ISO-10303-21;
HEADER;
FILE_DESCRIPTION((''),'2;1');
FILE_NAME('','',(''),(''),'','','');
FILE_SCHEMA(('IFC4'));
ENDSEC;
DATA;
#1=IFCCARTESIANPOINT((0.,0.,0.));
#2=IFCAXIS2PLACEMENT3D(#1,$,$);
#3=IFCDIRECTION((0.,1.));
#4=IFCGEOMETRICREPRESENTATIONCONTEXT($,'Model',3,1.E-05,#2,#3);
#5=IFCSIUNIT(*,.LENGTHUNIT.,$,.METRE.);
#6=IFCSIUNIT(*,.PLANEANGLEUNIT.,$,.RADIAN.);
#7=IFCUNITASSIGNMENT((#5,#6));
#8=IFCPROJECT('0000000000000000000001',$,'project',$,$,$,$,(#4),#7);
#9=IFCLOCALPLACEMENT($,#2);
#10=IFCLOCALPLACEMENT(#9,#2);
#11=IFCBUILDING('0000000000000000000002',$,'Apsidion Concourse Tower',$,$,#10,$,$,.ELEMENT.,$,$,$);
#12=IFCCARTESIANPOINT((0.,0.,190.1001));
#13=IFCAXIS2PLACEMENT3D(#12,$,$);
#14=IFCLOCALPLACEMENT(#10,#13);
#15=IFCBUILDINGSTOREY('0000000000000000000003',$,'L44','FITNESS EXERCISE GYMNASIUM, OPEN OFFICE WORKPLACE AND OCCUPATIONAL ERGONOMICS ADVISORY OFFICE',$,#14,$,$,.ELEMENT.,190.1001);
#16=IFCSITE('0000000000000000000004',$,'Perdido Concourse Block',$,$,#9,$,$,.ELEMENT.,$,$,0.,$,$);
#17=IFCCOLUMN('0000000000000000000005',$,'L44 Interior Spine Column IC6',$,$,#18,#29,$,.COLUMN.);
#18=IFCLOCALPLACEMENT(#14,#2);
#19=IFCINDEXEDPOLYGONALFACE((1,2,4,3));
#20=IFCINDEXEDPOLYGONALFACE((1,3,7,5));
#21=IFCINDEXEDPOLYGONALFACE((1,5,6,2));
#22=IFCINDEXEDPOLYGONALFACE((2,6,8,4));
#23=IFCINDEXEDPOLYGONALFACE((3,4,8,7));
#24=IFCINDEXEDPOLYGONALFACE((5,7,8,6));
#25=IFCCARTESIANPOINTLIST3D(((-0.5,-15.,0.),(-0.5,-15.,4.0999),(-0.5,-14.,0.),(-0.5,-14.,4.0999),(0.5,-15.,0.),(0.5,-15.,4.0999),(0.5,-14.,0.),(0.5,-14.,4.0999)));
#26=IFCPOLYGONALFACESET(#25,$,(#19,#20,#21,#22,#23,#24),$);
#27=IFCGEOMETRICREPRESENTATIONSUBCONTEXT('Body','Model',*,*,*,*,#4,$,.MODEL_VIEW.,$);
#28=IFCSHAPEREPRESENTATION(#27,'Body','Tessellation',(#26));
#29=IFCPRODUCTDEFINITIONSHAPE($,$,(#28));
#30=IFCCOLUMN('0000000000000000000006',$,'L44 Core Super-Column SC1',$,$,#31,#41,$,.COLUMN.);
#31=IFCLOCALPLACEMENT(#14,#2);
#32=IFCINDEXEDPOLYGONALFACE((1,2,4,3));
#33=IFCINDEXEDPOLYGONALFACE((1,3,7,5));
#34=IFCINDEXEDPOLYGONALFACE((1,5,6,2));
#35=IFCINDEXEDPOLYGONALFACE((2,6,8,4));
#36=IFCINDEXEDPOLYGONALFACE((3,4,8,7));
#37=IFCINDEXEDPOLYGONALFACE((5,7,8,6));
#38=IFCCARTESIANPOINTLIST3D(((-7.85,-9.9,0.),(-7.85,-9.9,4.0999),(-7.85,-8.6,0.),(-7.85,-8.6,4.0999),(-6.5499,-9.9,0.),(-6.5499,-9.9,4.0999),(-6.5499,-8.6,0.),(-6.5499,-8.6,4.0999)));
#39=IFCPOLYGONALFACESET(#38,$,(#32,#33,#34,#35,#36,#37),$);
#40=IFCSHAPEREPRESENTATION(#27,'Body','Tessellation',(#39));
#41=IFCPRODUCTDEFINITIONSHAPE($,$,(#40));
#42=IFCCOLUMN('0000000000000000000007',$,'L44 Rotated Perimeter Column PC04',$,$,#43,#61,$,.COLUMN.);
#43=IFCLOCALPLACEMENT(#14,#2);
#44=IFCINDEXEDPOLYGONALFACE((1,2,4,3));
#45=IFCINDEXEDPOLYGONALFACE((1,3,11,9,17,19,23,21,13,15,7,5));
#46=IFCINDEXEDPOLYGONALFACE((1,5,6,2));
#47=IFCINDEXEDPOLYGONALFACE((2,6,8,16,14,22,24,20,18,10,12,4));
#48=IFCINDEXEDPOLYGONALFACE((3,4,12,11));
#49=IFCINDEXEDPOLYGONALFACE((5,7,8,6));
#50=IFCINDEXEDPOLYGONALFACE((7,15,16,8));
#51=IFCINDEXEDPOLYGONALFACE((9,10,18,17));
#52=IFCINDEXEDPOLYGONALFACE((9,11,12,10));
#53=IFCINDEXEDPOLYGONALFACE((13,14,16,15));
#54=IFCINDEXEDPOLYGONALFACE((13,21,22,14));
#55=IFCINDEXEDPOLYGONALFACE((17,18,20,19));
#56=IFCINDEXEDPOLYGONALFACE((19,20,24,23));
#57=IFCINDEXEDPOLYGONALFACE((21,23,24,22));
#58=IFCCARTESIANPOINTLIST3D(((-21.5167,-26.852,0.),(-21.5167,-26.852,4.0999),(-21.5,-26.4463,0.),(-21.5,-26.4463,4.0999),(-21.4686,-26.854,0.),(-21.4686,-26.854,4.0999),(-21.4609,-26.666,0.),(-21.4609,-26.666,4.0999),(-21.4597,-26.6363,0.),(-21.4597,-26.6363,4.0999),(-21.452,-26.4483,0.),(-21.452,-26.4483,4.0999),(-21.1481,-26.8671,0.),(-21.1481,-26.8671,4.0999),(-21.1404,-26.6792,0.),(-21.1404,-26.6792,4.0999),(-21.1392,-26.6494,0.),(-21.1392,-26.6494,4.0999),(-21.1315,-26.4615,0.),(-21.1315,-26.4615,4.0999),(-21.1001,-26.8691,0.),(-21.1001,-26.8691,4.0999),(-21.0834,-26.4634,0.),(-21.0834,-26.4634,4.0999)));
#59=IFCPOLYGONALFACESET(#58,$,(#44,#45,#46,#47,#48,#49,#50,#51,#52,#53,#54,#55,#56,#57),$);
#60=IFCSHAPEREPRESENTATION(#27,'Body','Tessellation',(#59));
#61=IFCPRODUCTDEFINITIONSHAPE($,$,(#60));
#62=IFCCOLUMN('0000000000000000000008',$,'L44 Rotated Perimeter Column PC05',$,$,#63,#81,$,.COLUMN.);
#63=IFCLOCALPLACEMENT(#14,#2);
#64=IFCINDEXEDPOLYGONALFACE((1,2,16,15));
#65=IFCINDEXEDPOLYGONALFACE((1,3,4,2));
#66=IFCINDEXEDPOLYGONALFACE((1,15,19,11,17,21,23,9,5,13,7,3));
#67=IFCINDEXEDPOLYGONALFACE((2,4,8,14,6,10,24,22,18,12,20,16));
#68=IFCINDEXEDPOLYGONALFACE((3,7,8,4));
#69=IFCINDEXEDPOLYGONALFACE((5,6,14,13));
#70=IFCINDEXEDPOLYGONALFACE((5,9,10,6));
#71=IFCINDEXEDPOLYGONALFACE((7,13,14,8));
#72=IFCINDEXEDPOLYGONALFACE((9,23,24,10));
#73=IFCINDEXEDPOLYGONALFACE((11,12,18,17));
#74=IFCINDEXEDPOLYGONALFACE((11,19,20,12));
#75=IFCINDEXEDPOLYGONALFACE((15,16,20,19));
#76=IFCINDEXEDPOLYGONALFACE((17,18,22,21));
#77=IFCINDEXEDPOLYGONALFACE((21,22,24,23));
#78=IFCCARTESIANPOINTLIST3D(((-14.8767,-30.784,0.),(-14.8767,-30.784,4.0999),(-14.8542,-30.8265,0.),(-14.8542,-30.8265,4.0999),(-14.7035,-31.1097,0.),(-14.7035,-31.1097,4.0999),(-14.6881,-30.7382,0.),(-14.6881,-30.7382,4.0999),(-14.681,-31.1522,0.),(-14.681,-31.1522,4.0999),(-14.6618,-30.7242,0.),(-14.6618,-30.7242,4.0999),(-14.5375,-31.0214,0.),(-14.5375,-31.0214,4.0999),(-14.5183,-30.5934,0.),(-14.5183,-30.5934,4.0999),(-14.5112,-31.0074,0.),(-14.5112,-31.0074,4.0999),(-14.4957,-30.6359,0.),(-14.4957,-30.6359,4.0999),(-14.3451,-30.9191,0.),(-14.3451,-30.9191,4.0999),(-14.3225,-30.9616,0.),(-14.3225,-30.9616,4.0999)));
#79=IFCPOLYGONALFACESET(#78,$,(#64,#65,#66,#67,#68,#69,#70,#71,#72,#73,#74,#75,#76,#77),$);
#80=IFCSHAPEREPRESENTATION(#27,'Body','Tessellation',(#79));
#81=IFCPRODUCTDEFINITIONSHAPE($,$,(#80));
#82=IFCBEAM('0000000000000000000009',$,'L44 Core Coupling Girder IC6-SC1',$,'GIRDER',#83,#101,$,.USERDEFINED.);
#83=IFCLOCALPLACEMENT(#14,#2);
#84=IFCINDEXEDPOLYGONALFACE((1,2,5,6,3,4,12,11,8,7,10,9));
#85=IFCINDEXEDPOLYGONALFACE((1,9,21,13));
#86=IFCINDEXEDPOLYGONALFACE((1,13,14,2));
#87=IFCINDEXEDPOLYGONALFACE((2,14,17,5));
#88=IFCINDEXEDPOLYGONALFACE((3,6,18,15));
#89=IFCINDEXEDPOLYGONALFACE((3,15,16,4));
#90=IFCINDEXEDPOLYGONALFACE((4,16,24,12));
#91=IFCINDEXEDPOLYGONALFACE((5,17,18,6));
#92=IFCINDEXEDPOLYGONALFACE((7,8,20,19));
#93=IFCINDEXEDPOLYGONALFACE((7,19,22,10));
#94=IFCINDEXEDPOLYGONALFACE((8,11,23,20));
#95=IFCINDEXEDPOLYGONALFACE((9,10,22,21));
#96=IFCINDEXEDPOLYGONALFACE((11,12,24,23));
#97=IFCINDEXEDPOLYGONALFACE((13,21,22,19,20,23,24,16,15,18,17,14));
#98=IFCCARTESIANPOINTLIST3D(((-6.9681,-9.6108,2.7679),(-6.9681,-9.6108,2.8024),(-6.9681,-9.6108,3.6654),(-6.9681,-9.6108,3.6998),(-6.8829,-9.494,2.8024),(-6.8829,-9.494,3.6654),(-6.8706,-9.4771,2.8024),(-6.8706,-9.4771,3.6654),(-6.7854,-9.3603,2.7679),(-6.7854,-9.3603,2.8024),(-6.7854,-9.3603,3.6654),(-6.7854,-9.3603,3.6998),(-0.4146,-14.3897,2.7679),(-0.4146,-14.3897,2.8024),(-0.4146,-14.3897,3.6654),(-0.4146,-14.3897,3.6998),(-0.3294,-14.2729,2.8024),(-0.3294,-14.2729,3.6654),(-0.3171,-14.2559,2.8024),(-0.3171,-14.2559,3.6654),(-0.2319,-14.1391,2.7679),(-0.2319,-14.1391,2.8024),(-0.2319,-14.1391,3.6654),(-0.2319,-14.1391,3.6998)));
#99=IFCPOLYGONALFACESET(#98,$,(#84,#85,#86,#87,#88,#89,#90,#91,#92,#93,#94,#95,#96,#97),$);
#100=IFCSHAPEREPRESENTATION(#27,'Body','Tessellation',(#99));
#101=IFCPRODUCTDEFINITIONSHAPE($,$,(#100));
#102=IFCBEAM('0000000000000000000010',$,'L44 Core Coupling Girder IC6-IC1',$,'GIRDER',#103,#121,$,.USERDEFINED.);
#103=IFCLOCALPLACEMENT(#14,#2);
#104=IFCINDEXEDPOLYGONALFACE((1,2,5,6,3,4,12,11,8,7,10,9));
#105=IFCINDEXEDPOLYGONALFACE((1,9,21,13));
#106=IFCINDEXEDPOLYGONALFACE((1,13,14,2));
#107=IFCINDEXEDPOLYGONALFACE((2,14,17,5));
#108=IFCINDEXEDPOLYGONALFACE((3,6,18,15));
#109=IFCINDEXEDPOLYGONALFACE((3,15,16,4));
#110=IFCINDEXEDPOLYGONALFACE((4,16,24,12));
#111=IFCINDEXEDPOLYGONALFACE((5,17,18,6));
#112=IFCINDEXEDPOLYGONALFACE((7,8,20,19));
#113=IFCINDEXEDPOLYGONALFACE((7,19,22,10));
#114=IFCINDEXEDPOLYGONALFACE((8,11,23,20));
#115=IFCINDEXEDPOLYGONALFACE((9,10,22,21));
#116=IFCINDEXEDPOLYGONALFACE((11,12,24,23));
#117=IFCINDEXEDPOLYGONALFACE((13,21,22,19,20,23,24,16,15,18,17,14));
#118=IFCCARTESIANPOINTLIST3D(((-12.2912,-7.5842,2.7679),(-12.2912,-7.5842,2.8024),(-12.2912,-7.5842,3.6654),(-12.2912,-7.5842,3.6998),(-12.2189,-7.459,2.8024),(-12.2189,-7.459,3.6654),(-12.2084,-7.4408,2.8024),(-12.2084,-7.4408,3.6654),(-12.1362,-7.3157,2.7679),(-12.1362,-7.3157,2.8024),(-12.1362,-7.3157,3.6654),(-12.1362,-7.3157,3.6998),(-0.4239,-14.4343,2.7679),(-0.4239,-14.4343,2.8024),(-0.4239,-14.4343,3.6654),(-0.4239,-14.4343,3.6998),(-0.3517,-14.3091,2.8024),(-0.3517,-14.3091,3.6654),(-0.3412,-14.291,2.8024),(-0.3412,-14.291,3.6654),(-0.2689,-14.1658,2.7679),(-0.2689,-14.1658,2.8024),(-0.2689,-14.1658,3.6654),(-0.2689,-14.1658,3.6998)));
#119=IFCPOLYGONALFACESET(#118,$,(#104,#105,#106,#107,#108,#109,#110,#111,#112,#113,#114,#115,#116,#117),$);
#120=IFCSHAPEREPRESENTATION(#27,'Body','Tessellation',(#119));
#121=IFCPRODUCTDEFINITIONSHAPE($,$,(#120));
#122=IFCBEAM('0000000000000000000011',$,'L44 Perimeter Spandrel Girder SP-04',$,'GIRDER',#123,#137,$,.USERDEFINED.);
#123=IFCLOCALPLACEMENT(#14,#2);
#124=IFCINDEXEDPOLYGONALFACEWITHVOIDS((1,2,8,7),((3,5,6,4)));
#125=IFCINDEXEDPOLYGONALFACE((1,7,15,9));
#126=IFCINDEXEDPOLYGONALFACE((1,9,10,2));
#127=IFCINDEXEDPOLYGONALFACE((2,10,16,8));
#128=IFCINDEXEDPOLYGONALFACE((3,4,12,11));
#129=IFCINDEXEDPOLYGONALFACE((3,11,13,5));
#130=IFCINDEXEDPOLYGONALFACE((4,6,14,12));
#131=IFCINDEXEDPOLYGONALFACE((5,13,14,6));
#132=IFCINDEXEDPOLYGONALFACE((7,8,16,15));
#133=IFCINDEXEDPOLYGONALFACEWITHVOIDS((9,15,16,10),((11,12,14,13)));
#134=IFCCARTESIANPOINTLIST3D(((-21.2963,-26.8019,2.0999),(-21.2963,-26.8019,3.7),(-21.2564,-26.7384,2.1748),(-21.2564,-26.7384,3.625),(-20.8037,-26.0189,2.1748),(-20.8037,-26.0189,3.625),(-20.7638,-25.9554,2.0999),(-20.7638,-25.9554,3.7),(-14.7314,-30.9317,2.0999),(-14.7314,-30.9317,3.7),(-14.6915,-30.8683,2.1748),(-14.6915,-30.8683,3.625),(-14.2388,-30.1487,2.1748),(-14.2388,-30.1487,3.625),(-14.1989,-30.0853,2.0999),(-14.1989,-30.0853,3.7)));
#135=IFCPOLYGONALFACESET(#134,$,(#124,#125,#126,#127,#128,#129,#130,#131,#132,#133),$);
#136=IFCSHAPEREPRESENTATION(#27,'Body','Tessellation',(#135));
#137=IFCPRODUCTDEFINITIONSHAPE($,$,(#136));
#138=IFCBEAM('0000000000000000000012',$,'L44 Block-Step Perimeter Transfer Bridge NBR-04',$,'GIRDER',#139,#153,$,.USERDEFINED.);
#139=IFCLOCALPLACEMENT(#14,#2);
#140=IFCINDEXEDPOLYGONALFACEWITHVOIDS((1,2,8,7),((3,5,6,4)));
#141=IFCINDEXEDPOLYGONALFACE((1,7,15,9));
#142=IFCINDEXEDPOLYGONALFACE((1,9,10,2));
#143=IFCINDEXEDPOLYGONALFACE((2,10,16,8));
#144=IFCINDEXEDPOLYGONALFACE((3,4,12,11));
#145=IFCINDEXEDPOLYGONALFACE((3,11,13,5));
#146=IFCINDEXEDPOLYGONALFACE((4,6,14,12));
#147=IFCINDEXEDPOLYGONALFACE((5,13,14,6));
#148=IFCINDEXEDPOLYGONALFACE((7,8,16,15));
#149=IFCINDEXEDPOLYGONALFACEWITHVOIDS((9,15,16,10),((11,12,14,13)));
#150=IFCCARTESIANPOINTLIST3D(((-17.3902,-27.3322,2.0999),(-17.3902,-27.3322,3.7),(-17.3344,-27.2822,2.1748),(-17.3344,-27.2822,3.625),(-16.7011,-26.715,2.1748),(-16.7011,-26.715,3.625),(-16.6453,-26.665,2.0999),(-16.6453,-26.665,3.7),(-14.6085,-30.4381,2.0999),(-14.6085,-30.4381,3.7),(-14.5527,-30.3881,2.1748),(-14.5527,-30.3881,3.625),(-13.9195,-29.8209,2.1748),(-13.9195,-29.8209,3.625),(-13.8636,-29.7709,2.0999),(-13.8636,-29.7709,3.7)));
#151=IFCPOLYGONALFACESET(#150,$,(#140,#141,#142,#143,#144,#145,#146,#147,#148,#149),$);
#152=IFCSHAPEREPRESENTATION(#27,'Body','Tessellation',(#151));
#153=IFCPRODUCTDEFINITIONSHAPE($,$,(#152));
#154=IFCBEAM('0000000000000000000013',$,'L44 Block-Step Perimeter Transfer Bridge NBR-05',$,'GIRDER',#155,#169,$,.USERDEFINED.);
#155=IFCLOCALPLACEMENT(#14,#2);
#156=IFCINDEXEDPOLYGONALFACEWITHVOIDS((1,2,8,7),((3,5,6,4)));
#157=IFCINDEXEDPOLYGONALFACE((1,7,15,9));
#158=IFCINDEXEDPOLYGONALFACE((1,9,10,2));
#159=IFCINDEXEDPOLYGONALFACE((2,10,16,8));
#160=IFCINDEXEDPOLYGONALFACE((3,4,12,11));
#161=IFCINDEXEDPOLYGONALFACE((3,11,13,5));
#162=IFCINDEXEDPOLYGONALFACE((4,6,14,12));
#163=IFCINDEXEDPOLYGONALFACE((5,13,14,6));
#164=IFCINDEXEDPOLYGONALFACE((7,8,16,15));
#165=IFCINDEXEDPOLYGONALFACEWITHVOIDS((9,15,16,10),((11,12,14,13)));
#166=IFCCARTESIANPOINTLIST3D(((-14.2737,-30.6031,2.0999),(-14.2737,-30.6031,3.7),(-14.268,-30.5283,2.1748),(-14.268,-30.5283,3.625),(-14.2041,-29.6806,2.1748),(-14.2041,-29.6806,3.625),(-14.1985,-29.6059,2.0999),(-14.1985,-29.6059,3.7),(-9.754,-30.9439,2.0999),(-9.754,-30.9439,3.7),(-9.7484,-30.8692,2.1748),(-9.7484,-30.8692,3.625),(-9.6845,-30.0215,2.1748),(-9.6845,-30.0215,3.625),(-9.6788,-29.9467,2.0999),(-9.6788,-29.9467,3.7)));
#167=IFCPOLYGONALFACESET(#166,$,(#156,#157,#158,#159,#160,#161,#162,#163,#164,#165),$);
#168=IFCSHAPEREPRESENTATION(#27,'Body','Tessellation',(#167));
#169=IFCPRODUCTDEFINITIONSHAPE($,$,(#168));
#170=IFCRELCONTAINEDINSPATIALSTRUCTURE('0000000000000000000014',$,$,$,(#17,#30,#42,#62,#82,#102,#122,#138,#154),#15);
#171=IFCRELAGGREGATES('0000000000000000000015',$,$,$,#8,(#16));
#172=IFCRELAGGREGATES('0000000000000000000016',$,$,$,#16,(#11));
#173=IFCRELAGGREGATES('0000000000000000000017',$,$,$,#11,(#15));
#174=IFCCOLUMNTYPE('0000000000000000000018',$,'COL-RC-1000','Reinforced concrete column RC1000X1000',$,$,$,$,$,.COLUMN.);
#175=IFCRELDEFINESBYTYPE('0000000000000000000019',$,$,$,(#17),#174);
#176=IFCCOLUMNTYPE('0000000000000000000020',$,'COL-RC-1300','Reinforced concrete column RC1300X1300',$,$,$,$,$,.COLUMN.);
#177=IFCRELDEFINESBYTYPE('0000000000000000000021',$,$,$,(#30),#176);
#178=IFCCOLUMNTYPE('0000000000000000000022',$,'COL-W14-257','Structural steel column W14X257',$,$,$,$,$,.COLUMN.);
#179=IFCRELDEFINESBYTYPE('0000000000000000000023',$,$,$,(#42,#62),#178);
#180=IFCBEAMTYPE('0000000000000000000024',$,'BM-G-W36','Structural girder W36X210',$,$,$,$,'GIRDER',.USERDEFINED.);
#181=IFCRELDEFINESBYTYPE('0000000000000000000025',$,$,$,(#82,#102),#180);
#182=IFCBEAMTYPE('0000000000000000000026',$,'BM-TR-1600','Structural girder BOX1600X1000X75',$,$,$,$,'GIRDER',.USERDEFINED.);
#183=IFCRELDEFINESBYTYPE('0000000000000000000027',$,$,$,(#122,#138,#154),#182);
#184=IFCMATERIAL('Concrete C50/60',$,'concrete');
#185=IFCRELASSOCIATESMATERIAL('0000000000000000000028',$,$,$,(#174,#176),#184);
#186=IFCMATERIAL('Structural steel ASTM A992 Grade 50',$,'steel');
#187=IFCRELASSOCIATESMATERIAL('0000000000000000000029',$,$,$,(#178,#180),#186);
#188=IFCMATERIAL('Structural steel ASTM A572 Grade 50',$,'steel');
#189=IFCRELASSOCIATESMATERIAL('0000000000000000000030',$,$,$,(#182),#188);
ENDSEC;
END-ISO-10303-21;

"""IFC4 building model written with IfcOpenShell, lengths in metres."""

from ifc_helpers import new_model, si_unit, direction, frame, origin, origin_2d, place, context, subcontext, project, spatial, rectangle, hollow_rectangle, i_section, extrude, material, material_profile, profile_set, type_object, element, save


model = new_model("IFC4")

# Units and contexts
model_context = context("Model", 3, precision=1e-05, world=origin(), true_north=direction((0.0, 1.0)))
body_context = subcontext(model_context, "Body", "Model", "MODEL_VIEW")
ifc_project = project(units=[si_unit("LENGTHUNIT", "METRE"), si_unit("PLANEANGLEUNIT", "RADIAN")], contexts=[model_context])

# Site, building, storey
site_placement = place(None, origin())
site = spatial("IfcSite", under=ifc_project, at=site_placement, Name="Perdido Concourse Block", CompositionType="ELEMENT", RefElevation=0.0)
building_placement = place(site_placement, origin())
building = spatial("IfcBuilding", under=site, at=building_placement, Name="Apsidion Concourse Tower", CompositionType="ELEMENT")
storey_placement = place(building_placement, frame((0.0, 0.0, 190.1001)))
storey = spatial("IfcBuildingStorey", under=building, at=storey_placement, Name="L44", Description="FITNESS EXERCISE GYMNASIUM, OPEN OFFICE WORKPLACE AND OCCUPATIONAL ERGONOMICS ADVISORY OFFICE", CompositionType="ELEMENT", Elevation=190.1001)

# Columns
ifc_material_1 = material(Name="Concrete C50/60", Category="concrete")
ifc_material_profile_1 = material_profile(ifc_material_1, rectangle(XDim=1.0, YDim=1.0, at=origin_2d()), Name="RC 1000x1000")
ifc_profile_set_1 = profile_set([ifc_material_profile_1], Name="Concrete C50/60")
column_type_1 = type_object("IfcColumnType", Name="COL-RC-1000", Description="Reinforced concrete column RC1000X1000", PredefinedType="COLUMN", material=ifc_profile_set_1)
column_1_placement = place(storey_placement, frame((0.0, -14.5, 0.0), z_axis=(0.0, 0.0, 1.0), x_axis=(1.0, 0.0, 0.0)))
element("IfcColumn", 1, at=column_1_placement, inside=storey, type_object=column_type_1, Name="L44 Interior Spine Column IC6", PredefinedType="COLUMN", context=body_context, shape_type="SweptSolid", body=[
    extrude(rectangle(XDim=1.0, YDim=1.0, at=origin_2d()), origin(), (0.0, 0.0, 1.0), 4.0999),
])
ifc_material_profile_2 = material_profile(ifc_material_1, rectangle(XDim=1.3, YDim=1.3, at=origin_2d()), Name="RC 1300x1300")
ifc_profile_set_2 = profile_set([ifc_material_profile_2], Name="Concrete C50/60")
column_type_2 = type_object("IfcColumnType", Name="COL-RC-1300", Description="Reinforced concrete column RC1300X1300", PredefinedType="COLUMN", material=ifc_profile_set_2)
column_2_placement = place(storey_placement, frame((-7.2, -9.25, 0.0), z_axis=(0.0, 0.0, 1.0), x_axis=(1.0, 0.0, 0.0)))
element("IfcColumn", 2, at=column_2_placement, inside=storey, type_object=column_type_2, Name="L44 Core Super-Column SC1", PredefinedType="COLUMN", context=body_context, shape_type="SweptSolid", body=[
    extrude(rectangle(XDim=1.3, YDim=1.3, at=origin_2d()), origin(), (0.0, 0.0, 1.0), 4.0999),
])
ifc_material_2 = material(Name="Structural steel ASTM A992 Grade 50", Category="steel")
ifc_material_profile_3 = material_profile(ifc_material_2, i_section(OverallWidth=0.406, OverallDepth=0.417, WebThickness=0.0298, FlangeThickness=0.0481, at=origin_2d()), Name="W14X257")
ifc_profile_set_3 = profile_set([ifc_material_profile_3], Name="Structural steel ASTM A992 Grade 50")
column_type_3 = type_object("IfcColumnType", Name="COL-W14-257", Description="Structural steel column W14X257", PredefinedType="COLUMN", material=ifc_profile_set_3)
for number, where, z_axis, x_axis, name in (
    (3, (-21.3, -26.6577, 0.0), (0.0, 0.0, 1.0), (0.041004, 0.999159, 0.0), "L44 Rotated Perimeter Column PC04"),
    (4, (-14.5996, -30.8728, 0.0), (0.0, 0.0, 1.0), (0.882948, 0.469472, 0.0), "L44 Rotated Perimeter Column PC05"),
):
    element("IfcColumn", number, at=place(storey_placement, frame(where, z_axis=z_axis, x_axis=x_axis)), inside=storey, type_object=column_type_3, Name=name, PredefinedType="COLUMN", context=body_context, shape_type="SweptSolid", body=[
        extrude(i_section(OverallWidth=0.406, OverallDepth=0.417, WebThickness=0.0298, FlangeThickness=0.0481, at=origin_2d()), origin(), (0.0, 0.0, 1.0), 4.0999),
    ])

# Beams
ifc_material_profile_4 = material_profile(ifc_material_2, i_section(OverallWidth=0.3101, OverallDepth=0.9319, WebThickness=0.021, FlangeThickness=0.0344, at=origin_2d()), Name="W36X210")
ifc_profile_set_4 = profile_set([ifc_material_profile_4], Name="Structural steel ASTM A992 Grade 50")
beam_type_1 = type_object("IfcBeamType", Name="BM-G-W36", Description="Structural girder W36X210", ElementType="GIRDER", PredefinedType="USERDEFINED", material=ifc_profile_set_4)
beam_1_placement = place(storey_placement, frame((-0.3232, -14.2644, 3.2339), z_axis=(-0.807993, 0.589191, 0.0), x_axis=(-0.589191, -0.807993, 0.0)))
element("IfcBeam", 5, at=beam_1_placement, inside=storey, type_object=beam_type_1, Name="L44 Core Coupling Girder IC6-SC1", ObjectType="GIRDER", PredefinedType="USERDEFINED", context=body_context, shape_type="SweptSolid", body=[
    extrude(i_section(OverallWidth=0.3101, OverallDepth=0.9319, WebThickness=0.021, FlangeThickness=0.0344, at=origin_2d()), origin(), (0.0, 0.0, 1.0), 8.1108),
])
beam_2_placement = place(storey_placement, frame((-0.3464, -14.3, 3.2339), z_axis=(-0.86607, 0.499922, 0.0), x_axis=(-0.499922, -0.86607, 0.0)))
element("IfcBeam", 6, at=beam_2_placement, inside=storey, type_object=beam_type_1, Name="L44 Core Coupling Girder IC6-IC1", ObjectType="GIRDER", PredefinedType="USERDEFINED", context=body_context, shape_type="SweptSolid", body=[
    extrude(i_section(OverallWidth=0.3101, OverallDepth=0.9319, WebThickness=0.021, FlangeThickness=0.0344, at=origin_2d()), origin(), (0.0, 0.0, 1.0), 13.7024),
])
ifc_material_3 = material(Name="Structural steel ASTM A572 Grade 50", Category="steel")
ifc_material_profile_5 = material_profile(ifc_material_3, hollow_rectangle(XDim=1.0, YDim=1.6001, WallThickness=0.075, at=origin_2d()), Name="BOX1600X1000X75")
ifc_profile_set_5 = profile_set([ifc_material_profile_5], Name="Structural steel ASTM A572 Grade 50")
beam_type_2 = type_object("IfcBeamType", Name="BM-TR-1600", Description="Structural girder BOX1600X1000X75", ElementType="GIRDER", PredefinedType="USERDEFINED", material=ifc_profile_set_5)
beam_3_placement = place(storey_placement, frame((-21.03, -26.3787, 2.8999), z_axis=(0.846442, -0.532481, 0.0), x_axis=(0.532481, 0.846442, 0.0)))
element("IfcBeam", 7, at=beam_3_placement, inside=storey, type_object=beam_type_2, Name="L44 Perimeter Spandrel Girder SP-04", ObjectType="GIRDER", PredefinedType="USERDEFINED", context=body_context, shape_type="SweptSolid", body=[
    extrude(hollow_rectangle(XDim=1.0, YDim=1.6001, WallThickness=0.075, at=origin_2d()), origin(), (0.0, 0.0, 1.0), 7.7559),
])
beam_4_placement = place(storey_placement, frame((-14.2361, -30.1045, 2.8999), z_axis=(-0.667158, 0.744917, 0.0), x_axis=(-0.744917, -0.667158, 0.0)))
element("IfcBeam", 8, at=beam_4_placement, inside=storey, type_object=beam_type_2, Name="L44 Block-Step Perimeter Transfer Bridge NBR-04", ObjectType="GIRDER", PredefinedType="USERDEFINED", context=body_context, shape_type="SweptSolid", body=[
    extrude(hollow_rectangle(XDim=1.0, YDim=1.6001, WallThickness=0.075, at=origin_2d()), origin(), (0.0, 0.0, 1.0), 4.1694),
])
beam_5_placement = place(storey_placement, frame((-14.2361, -30.1045, 2.8999), z_axis=(0.997169, -0.075197, 0.0), x_axis=(0.075197, 0.997169, 0.0)))
element("IfcBeam", 9, at=beam_5_placement, inside=storey, type_object=beam_type_2, Name="L44 Block-Step Perimeter Transfer Bridge NBR-05", ObjectType="GIRDER", PredefinedType="USERDEFINED", context=body_context, shape_type="SweptSolid", body=[
    extrude(hollow_rectangle(XDim=1.0, YDim=1.6001, WallThickness=0.075, at=origin_2d()), origin(), (0.0, 0.0, 1.0), 4.5325),
])

save(model, "model.ifc")
